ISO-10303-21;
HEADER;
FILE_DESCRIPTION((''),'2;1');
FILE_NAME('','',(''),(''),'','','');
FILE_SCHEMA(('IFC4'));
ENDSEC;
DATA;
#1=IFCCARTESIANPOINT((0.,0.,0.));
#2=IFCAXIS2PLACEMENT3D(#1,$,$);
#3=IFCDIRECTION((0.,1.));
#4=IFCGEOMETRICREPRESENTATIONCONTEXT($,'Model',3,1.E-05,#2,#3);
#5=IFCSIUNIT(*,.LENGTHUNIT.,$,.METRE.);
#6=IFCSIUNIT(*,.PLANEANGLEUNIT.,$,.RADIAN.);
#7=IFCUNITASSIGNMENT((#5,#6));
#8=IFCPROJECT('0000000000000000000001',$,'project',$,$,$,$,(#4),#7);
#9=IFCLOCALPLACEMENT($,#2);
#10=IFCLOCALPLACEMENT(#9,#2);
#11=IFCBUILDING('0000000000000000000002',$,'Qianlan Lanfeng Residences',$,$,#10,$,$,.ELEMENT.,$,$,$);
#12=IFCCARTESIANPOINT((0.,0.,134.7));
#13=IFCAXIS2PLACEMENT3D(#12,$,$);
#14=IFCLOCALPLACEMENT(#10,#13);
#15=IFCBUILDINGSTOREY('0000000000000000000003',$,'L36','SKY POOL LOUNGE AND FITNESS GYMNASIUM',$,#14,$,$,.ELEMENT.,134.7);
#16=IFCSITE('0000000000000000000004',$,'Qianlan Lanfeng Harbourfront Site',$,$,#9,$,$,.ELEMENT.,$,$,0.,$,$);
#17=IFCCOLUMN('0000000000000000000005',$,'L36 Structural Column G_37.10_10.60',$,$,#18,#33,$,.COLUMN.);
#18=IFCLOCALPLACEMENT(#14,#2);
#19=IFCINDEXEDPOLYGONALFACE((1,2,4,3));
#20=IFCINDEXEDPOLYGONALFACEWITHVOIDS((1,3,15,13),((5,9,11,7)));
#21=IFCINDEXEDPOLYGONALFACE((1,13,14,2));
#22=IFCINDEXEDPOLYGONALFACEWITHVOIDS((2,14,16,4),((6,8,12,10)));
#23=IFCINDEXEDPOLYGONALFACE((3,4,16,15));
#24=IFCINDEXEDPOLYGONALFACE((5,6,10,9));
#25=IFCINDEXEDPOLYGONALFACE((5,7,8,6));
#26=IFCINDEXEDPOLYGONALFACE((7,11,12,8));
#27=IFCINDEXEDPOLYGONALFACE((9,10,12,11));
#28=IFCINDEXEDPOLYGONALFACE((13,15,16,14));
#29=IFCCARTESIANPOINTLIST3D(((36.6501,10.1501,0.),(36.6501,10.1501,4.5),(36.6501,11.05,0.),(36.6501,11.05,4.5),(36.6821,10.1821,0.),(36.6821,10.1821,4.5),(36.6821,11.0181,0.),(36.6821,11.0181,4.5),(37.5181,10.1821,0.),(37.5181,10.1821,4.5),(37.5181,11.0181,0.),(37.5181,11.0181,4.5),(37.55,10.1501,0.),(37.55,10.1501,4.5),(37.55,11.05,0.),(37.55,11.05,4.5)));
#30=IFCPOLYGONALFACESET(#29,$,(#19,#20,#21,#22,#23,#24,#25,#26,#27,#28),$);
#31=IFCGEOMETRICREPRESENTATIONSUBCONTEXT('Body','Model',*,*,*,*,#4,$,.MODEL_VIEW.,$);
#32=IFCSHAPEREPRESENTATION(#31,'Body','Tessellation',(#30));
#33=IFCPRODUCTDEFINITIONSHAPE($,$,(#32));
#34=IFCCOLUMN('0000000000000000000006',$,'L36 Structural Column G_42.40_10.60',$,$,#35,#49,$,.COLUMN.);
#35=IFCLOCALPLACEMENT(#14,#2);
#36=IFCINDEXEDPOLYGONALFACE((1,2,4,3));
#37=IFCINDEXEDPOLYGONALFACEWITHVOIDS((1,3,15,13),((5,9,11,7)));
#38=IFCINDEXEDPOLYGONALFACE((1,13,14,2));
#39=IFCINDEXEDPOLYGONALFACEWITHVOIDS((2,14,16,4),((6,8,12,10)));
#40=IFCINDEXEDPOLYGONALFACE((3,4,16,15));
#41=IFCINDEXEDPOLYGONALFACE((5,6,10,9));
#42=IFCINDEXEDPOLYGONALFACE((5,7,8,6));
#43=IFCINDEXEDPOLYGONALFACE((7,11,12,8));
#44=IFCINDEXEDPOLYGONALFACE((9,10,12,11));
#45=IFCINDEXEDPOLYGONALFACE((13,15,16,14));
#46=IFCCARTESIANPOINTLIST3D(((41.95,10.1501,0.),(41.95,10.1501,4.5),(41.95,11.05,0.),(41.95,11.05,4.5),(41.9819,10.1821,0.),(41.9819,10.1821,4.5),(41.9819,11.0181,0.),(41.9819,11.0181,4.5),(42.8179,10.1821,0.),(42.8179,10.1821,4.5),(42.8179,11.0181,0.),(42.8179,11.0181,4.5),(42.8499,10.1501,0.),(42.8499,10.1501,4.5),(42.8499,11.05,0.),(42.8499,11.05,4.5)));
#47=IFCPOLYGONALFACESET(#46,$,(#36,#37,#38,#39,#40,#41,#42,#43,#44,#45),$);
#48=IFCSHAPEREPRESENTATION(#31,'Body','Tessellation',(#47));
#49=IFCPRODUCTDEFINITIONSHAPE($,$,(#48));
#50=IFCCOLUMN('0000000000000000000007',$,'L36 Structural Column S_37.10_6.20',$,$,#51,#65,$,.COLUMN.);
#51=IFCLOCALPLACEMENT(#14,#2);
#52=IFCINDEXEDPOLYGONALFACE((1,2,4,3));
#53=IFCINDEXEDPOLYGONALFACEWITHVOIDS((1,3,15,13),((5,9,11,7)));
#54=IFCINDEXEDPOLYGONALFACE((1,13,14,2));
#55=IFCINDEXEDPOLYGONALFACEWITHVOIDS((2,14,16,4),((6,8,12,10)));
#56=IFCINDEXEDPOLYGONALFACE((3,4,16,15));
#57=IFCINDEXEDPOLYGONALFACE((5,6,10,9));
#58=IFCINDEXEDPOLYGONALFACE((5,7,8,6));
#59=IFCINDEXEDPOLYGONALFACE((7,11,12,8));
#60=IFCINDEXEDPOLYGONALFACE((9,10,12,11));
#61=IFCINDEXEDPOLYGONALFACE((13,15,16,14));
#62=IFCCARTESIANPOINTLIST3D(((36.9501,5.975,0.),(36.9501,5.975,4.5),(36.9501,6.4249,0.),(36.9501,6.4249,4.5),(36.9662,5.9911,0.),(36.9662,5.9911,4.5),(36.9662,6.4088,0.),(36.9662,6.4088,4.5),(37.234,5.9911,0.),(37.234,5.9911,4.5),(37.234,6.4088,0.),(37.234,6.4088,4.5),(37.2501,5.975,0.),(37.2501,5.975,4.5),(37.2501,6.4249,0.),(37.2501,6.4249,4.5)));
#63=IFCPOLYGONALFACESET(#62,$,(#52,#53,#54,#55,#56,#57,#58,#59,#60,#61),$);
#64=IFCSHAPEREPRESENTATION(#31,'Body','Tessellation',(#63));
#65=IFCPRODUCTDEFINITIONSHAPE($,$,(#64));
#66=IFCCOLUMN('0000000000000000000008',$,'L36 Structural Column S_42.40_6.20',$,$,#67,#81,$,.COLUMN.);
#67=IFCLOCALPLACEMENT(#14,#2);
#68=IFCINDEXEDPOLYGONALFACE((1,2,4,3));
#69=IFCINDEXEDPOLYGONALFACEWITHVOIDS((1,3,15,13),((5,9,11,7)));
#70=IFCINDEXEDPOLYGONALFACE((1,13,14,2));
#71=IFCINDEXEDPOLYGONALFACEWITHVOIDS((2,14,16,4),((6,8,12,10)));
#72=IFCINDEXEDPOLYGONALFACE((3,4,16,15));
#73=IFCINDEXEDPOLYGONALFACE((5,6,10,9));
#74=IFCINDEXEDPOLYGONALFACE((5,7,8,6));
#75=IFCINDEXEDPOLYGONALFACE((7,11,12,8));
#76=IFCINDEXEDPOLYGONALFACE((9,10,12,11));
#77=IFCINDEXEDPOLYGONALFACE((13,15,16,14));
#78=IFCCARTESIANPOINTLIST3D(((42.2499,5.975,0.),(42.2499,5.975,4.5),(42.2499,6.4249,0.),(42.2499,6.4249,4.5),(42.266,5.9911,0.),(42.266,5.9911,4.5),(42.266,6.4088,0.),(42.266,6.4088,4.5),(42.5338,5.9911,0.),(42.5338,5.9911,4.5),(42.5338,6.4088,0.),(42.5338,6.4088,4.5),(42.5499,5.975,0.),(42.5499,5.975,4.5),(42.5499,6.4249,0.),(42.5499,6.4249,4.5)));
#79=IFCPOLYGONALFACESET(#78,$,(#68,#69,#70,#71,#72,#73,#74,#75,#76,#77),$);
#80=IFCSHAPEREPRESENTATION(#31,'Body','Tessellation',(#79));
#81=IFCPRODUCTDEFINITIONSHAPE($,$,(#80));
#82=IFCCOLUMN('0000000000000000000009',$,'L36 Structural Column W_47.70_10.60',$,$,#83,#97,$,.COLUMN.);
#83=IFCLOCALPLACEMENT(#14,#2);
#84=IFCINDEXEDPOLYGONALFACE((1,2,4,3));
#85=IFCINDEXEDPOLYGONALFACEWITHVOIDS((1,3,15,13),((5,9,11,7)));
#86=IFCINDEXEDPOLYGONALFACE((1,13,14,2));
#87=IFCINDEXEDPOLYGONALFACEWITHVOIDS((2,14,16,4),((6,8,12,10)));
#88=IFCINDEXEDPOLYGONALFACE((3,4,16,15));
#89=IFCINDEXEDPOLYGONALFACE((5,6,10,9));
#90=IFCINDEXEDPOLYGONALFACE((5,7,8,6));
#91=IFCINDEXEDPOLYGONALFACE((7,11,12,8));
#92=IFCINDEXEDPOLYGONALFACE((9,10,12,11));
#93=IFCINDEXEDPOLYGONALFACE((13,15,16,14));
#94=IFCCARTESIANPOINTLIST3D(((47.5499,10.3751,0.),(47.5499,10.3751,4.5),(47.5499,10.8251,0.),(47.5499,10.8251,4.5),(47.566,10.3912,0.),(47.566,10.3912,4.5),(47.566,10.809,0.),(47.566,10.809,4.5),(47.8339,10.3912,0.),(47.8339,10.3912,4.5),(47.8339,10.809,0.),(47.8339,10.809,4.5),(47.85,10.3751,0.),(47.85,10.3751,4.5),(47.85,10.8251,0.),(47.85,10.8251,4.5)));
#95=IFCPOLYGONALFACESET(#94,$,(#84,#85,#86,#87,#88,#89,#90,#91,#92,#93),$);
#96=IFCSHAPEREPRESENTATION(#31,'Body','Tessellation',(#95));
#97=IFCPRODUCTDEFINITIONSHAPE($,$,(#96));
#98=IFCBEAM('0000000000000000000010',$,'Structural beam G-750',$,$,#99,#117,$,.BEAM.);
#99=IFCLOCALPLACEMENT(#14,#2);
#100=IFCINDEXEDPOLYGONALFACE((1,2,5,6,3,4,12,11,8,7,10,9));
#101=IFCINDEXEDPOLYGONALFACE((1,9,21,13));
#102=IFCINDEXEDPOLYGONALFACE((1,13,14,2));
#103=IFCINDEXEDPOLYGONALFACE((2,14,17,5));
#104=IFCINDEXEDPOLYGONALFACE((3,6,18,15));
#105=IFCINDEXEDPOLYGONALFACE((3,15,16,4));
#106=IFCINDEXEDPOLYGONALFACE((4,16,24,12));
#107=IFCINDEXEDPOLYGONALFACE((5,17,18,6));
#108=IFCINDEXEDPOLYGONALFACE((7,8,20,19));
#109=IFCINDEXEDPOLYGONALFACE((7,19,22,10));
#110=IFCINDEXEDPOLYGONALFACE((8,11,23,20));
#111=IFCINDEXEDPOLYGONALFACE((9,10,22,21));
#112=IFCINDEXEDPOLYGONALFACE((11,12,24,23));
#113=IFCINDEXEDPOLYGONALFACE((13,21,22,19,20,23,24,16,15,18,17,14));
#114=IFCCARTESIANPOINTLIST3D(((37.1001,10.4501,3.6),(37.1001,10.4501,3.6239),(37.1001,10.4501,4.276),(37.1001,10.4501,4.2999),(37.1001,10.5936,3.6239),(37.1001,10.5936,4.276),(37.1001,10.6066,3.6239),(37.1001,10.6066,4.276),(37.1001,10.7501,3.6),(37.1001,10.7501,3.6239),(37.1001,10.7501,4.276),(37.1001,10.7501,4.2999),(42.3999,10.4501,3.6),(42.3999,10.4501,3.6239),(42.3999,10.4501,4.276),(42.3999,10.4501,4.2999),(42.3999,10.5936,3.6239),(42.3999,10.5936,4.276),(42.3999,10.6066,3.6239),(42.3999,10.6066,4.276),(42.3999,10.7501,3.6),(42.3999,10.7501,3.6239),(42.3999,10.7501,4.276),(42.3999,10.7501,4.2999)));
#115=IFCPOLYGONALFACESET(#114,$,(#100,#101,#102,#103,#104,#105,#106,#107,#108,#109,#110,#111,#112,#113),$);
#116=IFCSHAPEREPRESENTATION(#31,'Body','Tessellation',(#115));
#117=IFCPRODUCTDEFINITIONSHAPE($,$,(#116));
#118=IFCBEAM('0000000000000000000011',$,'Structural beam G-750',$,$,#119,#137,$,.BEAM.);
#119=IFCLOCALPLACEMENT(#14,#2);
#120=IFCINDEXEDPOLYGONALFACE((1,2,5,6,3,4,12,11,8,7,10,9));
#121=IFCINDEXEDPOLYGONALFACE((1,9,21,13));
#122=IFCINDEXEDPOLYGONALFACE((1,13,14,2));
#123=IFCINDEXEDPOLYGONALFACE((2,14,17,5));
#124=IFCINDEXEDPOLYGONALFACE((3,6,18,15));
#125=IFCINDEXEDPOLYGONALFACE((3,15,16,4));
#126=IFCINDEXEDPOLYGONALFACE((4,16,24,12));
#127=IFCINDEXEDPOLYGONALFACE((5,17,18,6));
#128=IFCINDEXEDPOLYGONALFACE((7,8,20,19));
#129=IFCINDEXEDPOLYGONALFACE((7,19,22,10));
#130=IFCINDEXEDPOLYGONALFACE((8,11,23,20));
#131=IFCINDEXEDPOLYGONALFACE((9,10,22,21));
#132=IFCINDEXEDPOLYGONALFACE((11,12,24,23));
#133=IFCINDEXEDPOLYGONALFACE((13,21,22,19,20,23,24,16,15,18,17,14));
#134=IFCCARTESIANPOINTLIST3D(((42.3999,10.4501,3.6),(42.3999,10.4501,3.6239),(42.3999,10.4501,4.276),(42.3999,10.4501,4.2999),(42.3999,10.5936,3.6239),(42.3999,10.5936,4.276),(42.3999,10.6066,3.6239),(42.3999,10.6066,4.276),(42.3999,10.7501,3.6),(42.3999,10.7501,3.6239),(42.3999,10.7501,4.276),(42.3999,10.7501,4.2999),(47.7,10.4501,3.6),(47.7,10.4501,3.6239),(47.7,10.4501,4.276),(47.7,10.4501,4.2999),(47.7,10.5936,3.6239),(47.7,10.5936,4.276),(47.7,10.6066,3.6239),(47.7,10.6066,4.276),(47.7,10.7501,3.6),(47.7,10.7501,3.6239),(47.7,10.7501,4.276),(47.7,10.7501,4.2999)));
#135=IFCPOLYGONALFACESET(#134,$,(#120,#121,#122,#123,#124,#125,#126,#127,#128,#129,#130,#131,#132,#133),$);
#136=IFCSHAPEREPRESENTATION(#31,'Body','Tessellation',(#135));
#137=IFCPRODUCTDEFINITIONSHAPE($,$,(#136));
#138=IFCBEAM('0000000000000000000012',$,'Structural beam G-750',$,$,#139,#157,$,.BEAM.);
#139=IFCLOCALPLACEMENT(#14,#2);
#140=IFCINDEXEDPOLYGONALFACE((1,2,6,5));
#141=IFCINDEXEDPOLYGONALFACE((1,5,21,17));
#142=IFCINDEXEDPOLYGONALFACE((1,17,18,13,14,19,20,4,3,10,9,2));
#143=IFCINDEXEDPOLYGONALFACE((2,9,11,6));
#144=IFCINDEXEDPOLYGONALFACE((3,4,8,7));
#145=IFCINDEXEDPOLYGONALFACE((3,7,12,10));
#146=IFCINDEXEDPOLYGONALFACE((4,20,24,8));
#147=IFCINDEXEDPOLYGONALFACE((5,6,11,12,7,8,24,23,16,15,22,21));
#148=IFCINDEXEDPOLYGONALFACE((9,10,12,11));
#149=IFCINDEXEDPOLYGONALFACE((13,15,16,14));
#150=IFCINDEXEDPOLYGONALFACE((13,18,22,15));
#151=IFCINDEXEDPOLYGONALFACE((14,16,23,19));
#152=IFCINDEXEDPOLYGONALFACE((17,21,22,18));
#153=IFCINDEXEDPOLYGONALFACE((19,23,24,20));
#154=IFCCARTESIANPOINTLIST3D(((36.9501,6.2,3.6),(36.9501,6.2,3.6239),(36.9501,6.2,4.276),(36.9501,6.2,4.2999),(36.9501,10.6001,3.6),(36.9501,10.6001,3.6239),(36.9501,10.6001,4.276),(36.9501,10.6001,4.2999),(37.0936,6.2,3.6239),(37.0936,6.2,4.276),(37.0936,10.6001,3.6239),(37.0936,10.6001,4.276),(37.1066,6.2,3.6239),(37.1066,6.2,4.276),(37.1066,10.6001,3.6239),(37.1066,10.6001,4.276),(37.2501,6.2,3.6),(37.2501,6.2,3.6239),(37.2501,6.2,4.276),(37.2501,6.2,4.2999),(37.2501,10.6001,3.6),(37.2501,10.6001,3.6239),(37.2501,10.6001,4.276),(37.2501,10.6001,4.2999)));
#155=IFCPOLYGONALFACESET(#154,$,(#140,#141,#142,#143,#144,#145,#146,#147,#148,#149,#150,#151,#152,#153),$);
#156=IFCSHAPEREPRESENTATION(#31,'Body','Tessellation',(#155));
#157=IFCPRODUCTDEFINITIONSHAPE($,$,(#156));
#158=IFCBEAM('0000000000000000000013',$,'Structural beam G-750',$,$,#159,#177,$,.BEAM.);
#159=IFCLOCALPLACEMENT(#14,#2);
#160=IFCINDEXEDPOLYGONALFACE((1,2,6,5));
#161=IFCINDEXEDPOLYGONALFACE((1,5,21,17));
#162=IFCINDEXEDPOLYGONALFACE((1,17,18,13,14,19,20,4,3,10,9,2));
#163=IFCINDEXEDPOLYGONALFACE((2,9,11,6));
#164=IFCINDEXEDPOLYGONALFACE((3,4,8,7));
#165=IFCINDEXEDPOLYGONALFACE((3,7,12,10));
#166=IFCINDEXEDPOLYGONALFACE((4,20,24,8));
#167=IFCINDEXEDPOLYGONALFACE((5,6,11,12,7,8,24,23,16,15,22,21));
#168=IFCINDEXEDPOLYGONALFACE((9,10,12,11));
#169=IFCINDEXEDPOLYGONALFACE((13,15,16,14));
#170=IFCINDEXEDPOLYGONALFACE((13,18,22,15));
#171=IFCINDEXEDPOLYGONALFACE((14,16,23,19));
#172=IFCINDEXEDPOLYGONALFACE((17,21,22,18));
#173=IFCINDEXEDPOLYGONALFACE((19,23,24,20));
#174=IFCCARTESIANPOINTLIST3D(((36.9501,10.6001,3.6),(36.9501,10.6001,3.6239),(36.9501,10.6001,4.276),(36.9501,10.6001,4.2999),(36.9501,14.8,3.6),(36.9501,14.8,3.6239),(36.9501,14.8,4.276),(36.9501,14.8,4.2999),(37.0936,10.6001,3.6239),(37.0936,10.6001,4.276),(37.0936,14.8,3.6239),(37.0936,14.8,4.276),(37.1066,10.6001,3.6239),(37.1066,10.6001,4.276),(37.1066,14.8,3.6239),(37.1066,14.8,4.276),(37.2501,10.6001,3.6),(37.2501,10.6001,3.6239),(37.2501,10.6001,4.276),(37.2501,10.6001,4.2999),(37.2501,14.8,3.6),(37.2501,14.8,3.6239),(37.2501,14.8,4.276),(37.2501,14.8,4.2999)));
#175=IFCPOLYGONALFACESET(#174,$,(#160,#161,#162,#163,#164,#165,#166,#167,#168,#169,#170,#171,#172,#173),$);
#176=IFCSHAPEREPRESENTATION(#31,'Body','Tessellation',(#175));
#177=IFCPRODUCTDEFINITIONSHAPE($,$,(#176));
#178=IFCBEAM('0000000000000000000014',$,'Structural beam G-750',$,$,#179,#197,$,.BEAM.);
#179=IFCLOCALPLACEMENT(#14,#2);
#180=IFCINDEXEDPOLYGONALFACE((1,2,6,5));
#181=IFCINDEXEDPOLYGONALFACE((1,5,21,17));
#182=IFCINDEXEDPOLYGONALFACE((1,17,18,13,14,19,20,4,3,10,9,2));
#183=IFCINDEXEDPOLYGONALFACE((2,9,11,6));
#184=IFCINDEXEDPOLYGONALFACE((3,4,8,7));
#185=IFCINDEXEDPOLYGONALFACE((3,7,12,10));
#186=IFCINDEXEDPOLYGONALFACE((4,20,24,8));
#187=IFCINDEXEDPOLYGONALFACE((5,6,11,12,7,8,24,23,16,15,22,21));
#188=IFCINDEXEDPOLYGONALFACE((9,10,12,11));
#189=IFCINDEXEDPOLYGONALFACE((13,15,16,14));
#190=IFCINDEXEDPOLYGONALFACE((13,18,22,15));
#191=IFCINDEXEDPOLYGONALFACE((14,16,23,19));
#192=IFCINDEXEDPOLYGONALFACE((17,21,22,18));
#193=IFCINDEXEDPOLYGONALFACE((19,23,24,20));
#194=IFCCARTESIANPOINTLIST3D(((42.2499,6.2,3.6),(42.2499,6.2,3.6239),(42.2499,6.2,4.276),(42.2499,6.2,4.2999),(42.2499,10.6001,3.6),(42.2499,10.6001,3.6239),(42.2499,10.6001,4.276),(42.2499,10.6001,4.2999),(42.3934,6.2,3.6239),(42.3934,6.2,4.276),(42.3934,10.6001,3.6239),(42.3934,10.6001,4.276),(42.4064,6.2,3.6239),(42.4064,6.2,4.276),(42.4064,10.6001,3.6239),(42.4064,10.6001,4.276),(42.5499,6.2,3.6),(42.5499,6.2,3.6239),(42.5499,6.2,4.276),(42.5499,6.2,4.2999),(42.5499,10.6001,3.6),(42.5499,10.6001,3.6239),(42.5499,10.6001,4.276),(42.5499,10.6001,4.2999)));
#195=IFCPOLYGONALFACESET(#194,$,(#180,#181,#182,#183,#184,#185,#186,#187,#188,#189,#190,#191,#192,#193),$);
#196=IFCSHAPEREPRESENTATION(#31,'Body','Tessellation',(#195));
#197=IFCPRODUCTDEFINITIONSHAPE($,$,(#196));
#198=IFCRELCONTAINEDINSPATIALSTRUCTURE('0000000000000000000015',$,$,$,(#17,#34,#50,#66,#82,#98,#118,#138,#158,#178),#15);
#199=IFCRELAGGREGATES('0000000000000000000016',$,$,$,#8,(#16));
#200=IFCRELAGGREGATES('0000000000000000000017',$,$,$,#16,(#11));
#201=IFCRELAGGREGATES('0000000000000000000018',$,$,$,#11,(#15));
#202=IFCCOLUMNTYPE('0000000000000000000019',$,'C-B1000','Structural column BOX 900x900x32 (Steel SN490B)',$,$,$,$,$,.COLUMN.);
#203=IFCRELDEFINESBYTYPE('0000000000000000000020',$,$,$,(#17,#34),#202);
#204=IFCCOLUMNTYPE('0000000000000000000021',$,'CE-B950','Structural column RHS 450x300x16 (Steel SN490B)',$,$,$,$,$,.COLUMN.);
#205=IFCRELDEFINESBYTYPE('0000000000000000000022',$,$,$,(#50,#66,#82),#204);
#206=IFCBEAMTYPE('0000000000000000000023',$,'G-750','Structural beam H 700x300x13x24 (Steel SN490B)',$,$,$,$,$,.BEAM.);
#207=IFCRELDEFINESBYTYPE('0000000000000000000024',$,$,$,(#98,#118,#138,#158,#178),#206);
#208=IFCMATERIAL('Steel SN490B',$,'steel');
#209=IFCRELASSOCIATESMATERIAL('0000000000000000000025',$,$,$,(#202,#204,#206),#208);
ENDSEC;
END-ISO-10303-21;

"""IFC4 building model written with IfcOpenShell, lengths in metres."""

from ifc_helpers import new_model, si_unit, direction, frame, origin, origin_2d, place, context, subcontext, project, spatial, hollow_rectangle, i_section, extrude, material, material_profile, profile_set, type_object, element, save


model = new_model("IFC4")

# Units and contexts
model_context = context("Model", 3, precision=1e-05, world=origin(), true_north=direction((0.0, 1.0)))
body_context = subcontext(model_context, "Body", "Model", "MODEL_VIEW")
ifc_project = project(units=[si_unit("LENGTHUNIT", "METRE"), si_unit("PLANEANGLEUNIT", "RADIAN")], contexts=[model_context])

# Site, building, storey
site_placement = place(None, origin())
site = spatial("IfcSite", under=ifc_project, at=site_placement, Name="Qianlan Lanfeng Harbourfront Site", CompositionType="ELEMENT", RefElevation=0.0)
building_placement = place(site_placement, origin())
building = spatial("IfcBuilding", under=site, at=building_placement, Name="Qianlan Lanfeng Residences", CompositionType="ELEMENT")
storey_placement = place(building_placement, frame((0.0, 0.0, 134.7)))
storey = spatial("IfcBuildingStorey", under=building, at=storey_placement, Name="L36", Description="SKY POOL LOUNGE AND FITNESS GYMNASIUM", CompositionType="ELEMENT", Elevation=134.7)

# Columns
ifc_material_1 = material(Name="Steel SN490B", Category="steel")
ifc_material_profile_1 = material_profile(ifc_material_1, hollow_rectangle(XDim=0.8999, YDim=0.8999, WallThickness=0.032, at=origin_2d()), Name="BOX 900x900x32")
ifc_profile_set_1 = profile_set([ifc_material_profile_1], Name="Steel SN490B")
column_type_1 = type_object("IfcColumnType", Name="C-B1000", Description="Structural column BOX 900x900x32 (Steel SN490B)", PredefinedType="COLUMN", material=ifc_profile_set_1)
for number, where, z_axis, x_axis, name in (
    (1, (37.1001, 10.6001, 0.0), (0.0, 0.0, 1.0), (1.0, 0.0, 0.0), "L36 Structural Column G_37.10_10.60"),
    (2, (42.3999, 10.6001, 0.0), (0.0, 0.0, 1.0), (1.0, 0.0, 0.0), "L36 Structural Column G_42.40_10.60"),
):
    element("IfcColumn", number, at=place(storey_placement, frame(where, z_axis=z_axis, x_axis=x_axis)), inside=storey, type_object=column_type_1, Name=name, PredefinedType="COLUMN", context=body_context, shape_type="SweptSolid", body=[
        extrude(hollow_rectangle(XDim=0.8999, YDim=0.8999, WallThickness=0.032, at=origin_2d()), origin(), (0.0, 0.0, 1.0), 4.5),
    ])
ifc_material_profile_2 = material_profile(ifc_material_1, hollow_rectangle(XDim=0.3, YDim=0.45, WallThickness=0.0161, at=origin_2d()), Name="RHS 450x300x16")
ifc_profile_set_2 = profile_set([ifc_material_profile_2], Name="Steel SN490B")
column_type_2 = type_object("IfcColumnType", Name="CE-B950", Description="Structural column RHS 450x300x16 (Steel SN490B)", PredefinedType="COLUMN", material=ifc_profile_set_2)
for number, where, z_axis, x_axis, name in (
    (3, (37.1001, 6.2, 0.0), (0.0, 0.0, 1.0), (1.0, 0.0, 0.0), "L36 Structural Column S_37.10_6.20"),
    (4, (42.3999, 6.2, 0.0), (0.0, 0.0, 1.0), (1.0, 0.0, 0.0), "L36 Structural Column S_42.40_6.20"),
    (5, (47.7, 10.6001, 0.0), (0.0, 0.0, 1.0), (1.0, 0.0, 0.0), "L36 Structural Column W_47.70_10.60"),
):
    element("IfcColumn", number, at=place(storey_placement, frame(where, z_axis=z_axis, x_axis=x_axis)), inside=storey, type_object=column_type_2, Name=name, PredefinedType="COLUMN", context=body_context, shape_type="SweptSolid", body=[
        extrude(hollow_rectangle(XDim=0.3, YDim=0.45, WallThickness=0.0161, at=origin_2d()), origin(), (0.0, 0.0, 1.0), 4.5),
    ])

# Beams
ifc_material_profile_3 = material_profile(ifc_material_1, i_section(OverallWidth=0.3, OverallDepth=0.7, WebThickness=0.0129, FlangeThickness=0.0239, at=origin_2d()), Name="H 700x300x13x24")
ifc_profile_set_3 = profile_set([ifc_material_profile_3], Name="Steel SN490B")
beam_type_1 = type_object("IfcBeamType", Name="G-750", Description="Structural beam H 700x300x13x24 (Steel SN490B)", PredefinedType="BEAM", material=ifc_profile_set_3)
beam_1_placement = place(storey_placement, frame((37.1001, 10.6001, 3.95), z_axis=(1.0, 0.0, 0.0), x_axis=(0.0, 1.0, 0.0)))
element("IfcBeam", 6, at=beam_1_placement, inside=storey, type_object=beam_type_1, Name="Structural beam G-750", PredefinedType="BEAM", context=body_context, shape_type="SweptSolid", body=[
    extrude(i_section(OverallWidth=0.3, OverallDepth=0.7, WebThickness=0.0129, FlangeThickness=0.0239, at=origin_2d()), origin(), (0.0, 0.0, 1.0), 5.2998),
])
beam_2_placement = place(storey_placement, frame((42.3999, 10.6001, 3.95), z_axis=(1.0, 0.0, 0.0), x_axis=(0.0, 1.0, 0.0)))
element("IfcBeam", 7, at=beam_2_placement, inside=storey, type_object=beam_type_1, Name="Structural beam G-750", PredefinedType="BEAM", context=body_context, shape_type="SweptSolid", body=[
    extrude(i_section(OverallWidth=0.3, OverallDepth=0.7, WebThickness=0.0129, FlangeThickness=0.0239, at=origin_2d()), origin(), (0.0, 0.0, 1.0), 5.3),
])
beam_3_placement = place(storey_placement, frame((37.1001, 6.2, 3.95), z_axis=(0.0, 1.0, 0.0), x_axis=(-1.0, 0.0, 0.0)))
element("IfcBeam", 8, at=beam_3_placement, inside=storey, type_object=beam_type_1, Name="Structural beam G-750", PredefinedType="BEAM", context=body_context, shape_type="SweptSolid", body=[
    extrude(i_section(OverallWidth=0.3, OverallDepth=0.7, WebThickness=0.0129, FlangeThickness=0.0239, at=origin_2d()), origin(), (0.0, 0.0, 1.0), 4.4001),
])
beam_4_placement = place(storey_placement, frame((37.1001, 10.6001, 3.95), z_axis=(0.0, 1.0, 0.0), x_axis=(-1.0, 0.0, 0.0)))
element("IfcBeam", 9, at=beam_4_placement, inside=storey, type_object=beam_type_1, Name="Structural beam G-750", PredefinedType="BEAM", context=body_context, shape_type="SweptSolid", body=[
    extrude(i_section(OverallWidth=0.3, OverallDepth=0.7, WebThickness=0.0129, FlangeThickness=0.0239, at=origin_2d()), origin(), (0.0, 0.0, 1.0), 4.2),
])
beam_5_placement = place(storey_placement, frame((42.3999, 6.2, 3.95), z_axis=(0.0, 1.0, 0.0), x_axis=(-1.0, 0.0, 0.0)))
element("IfcBeam", 10, at=beam_5_placement, inside=storey, type_object=beam_type_1, Name="Structural beam G-750", PredefinedType="BEAM", context=body_context, shape_type="SweptSolid", body=[
    extrude(i_section(OverallWidth=0.3, OverallDepth=0.7, WebThickness=0.0129, FlangeThickness=0.0239, at=origin_2d()), origin(), (0.0, 0.0, 1.0), 4.4001),
])

save(model, "model.ifc")
